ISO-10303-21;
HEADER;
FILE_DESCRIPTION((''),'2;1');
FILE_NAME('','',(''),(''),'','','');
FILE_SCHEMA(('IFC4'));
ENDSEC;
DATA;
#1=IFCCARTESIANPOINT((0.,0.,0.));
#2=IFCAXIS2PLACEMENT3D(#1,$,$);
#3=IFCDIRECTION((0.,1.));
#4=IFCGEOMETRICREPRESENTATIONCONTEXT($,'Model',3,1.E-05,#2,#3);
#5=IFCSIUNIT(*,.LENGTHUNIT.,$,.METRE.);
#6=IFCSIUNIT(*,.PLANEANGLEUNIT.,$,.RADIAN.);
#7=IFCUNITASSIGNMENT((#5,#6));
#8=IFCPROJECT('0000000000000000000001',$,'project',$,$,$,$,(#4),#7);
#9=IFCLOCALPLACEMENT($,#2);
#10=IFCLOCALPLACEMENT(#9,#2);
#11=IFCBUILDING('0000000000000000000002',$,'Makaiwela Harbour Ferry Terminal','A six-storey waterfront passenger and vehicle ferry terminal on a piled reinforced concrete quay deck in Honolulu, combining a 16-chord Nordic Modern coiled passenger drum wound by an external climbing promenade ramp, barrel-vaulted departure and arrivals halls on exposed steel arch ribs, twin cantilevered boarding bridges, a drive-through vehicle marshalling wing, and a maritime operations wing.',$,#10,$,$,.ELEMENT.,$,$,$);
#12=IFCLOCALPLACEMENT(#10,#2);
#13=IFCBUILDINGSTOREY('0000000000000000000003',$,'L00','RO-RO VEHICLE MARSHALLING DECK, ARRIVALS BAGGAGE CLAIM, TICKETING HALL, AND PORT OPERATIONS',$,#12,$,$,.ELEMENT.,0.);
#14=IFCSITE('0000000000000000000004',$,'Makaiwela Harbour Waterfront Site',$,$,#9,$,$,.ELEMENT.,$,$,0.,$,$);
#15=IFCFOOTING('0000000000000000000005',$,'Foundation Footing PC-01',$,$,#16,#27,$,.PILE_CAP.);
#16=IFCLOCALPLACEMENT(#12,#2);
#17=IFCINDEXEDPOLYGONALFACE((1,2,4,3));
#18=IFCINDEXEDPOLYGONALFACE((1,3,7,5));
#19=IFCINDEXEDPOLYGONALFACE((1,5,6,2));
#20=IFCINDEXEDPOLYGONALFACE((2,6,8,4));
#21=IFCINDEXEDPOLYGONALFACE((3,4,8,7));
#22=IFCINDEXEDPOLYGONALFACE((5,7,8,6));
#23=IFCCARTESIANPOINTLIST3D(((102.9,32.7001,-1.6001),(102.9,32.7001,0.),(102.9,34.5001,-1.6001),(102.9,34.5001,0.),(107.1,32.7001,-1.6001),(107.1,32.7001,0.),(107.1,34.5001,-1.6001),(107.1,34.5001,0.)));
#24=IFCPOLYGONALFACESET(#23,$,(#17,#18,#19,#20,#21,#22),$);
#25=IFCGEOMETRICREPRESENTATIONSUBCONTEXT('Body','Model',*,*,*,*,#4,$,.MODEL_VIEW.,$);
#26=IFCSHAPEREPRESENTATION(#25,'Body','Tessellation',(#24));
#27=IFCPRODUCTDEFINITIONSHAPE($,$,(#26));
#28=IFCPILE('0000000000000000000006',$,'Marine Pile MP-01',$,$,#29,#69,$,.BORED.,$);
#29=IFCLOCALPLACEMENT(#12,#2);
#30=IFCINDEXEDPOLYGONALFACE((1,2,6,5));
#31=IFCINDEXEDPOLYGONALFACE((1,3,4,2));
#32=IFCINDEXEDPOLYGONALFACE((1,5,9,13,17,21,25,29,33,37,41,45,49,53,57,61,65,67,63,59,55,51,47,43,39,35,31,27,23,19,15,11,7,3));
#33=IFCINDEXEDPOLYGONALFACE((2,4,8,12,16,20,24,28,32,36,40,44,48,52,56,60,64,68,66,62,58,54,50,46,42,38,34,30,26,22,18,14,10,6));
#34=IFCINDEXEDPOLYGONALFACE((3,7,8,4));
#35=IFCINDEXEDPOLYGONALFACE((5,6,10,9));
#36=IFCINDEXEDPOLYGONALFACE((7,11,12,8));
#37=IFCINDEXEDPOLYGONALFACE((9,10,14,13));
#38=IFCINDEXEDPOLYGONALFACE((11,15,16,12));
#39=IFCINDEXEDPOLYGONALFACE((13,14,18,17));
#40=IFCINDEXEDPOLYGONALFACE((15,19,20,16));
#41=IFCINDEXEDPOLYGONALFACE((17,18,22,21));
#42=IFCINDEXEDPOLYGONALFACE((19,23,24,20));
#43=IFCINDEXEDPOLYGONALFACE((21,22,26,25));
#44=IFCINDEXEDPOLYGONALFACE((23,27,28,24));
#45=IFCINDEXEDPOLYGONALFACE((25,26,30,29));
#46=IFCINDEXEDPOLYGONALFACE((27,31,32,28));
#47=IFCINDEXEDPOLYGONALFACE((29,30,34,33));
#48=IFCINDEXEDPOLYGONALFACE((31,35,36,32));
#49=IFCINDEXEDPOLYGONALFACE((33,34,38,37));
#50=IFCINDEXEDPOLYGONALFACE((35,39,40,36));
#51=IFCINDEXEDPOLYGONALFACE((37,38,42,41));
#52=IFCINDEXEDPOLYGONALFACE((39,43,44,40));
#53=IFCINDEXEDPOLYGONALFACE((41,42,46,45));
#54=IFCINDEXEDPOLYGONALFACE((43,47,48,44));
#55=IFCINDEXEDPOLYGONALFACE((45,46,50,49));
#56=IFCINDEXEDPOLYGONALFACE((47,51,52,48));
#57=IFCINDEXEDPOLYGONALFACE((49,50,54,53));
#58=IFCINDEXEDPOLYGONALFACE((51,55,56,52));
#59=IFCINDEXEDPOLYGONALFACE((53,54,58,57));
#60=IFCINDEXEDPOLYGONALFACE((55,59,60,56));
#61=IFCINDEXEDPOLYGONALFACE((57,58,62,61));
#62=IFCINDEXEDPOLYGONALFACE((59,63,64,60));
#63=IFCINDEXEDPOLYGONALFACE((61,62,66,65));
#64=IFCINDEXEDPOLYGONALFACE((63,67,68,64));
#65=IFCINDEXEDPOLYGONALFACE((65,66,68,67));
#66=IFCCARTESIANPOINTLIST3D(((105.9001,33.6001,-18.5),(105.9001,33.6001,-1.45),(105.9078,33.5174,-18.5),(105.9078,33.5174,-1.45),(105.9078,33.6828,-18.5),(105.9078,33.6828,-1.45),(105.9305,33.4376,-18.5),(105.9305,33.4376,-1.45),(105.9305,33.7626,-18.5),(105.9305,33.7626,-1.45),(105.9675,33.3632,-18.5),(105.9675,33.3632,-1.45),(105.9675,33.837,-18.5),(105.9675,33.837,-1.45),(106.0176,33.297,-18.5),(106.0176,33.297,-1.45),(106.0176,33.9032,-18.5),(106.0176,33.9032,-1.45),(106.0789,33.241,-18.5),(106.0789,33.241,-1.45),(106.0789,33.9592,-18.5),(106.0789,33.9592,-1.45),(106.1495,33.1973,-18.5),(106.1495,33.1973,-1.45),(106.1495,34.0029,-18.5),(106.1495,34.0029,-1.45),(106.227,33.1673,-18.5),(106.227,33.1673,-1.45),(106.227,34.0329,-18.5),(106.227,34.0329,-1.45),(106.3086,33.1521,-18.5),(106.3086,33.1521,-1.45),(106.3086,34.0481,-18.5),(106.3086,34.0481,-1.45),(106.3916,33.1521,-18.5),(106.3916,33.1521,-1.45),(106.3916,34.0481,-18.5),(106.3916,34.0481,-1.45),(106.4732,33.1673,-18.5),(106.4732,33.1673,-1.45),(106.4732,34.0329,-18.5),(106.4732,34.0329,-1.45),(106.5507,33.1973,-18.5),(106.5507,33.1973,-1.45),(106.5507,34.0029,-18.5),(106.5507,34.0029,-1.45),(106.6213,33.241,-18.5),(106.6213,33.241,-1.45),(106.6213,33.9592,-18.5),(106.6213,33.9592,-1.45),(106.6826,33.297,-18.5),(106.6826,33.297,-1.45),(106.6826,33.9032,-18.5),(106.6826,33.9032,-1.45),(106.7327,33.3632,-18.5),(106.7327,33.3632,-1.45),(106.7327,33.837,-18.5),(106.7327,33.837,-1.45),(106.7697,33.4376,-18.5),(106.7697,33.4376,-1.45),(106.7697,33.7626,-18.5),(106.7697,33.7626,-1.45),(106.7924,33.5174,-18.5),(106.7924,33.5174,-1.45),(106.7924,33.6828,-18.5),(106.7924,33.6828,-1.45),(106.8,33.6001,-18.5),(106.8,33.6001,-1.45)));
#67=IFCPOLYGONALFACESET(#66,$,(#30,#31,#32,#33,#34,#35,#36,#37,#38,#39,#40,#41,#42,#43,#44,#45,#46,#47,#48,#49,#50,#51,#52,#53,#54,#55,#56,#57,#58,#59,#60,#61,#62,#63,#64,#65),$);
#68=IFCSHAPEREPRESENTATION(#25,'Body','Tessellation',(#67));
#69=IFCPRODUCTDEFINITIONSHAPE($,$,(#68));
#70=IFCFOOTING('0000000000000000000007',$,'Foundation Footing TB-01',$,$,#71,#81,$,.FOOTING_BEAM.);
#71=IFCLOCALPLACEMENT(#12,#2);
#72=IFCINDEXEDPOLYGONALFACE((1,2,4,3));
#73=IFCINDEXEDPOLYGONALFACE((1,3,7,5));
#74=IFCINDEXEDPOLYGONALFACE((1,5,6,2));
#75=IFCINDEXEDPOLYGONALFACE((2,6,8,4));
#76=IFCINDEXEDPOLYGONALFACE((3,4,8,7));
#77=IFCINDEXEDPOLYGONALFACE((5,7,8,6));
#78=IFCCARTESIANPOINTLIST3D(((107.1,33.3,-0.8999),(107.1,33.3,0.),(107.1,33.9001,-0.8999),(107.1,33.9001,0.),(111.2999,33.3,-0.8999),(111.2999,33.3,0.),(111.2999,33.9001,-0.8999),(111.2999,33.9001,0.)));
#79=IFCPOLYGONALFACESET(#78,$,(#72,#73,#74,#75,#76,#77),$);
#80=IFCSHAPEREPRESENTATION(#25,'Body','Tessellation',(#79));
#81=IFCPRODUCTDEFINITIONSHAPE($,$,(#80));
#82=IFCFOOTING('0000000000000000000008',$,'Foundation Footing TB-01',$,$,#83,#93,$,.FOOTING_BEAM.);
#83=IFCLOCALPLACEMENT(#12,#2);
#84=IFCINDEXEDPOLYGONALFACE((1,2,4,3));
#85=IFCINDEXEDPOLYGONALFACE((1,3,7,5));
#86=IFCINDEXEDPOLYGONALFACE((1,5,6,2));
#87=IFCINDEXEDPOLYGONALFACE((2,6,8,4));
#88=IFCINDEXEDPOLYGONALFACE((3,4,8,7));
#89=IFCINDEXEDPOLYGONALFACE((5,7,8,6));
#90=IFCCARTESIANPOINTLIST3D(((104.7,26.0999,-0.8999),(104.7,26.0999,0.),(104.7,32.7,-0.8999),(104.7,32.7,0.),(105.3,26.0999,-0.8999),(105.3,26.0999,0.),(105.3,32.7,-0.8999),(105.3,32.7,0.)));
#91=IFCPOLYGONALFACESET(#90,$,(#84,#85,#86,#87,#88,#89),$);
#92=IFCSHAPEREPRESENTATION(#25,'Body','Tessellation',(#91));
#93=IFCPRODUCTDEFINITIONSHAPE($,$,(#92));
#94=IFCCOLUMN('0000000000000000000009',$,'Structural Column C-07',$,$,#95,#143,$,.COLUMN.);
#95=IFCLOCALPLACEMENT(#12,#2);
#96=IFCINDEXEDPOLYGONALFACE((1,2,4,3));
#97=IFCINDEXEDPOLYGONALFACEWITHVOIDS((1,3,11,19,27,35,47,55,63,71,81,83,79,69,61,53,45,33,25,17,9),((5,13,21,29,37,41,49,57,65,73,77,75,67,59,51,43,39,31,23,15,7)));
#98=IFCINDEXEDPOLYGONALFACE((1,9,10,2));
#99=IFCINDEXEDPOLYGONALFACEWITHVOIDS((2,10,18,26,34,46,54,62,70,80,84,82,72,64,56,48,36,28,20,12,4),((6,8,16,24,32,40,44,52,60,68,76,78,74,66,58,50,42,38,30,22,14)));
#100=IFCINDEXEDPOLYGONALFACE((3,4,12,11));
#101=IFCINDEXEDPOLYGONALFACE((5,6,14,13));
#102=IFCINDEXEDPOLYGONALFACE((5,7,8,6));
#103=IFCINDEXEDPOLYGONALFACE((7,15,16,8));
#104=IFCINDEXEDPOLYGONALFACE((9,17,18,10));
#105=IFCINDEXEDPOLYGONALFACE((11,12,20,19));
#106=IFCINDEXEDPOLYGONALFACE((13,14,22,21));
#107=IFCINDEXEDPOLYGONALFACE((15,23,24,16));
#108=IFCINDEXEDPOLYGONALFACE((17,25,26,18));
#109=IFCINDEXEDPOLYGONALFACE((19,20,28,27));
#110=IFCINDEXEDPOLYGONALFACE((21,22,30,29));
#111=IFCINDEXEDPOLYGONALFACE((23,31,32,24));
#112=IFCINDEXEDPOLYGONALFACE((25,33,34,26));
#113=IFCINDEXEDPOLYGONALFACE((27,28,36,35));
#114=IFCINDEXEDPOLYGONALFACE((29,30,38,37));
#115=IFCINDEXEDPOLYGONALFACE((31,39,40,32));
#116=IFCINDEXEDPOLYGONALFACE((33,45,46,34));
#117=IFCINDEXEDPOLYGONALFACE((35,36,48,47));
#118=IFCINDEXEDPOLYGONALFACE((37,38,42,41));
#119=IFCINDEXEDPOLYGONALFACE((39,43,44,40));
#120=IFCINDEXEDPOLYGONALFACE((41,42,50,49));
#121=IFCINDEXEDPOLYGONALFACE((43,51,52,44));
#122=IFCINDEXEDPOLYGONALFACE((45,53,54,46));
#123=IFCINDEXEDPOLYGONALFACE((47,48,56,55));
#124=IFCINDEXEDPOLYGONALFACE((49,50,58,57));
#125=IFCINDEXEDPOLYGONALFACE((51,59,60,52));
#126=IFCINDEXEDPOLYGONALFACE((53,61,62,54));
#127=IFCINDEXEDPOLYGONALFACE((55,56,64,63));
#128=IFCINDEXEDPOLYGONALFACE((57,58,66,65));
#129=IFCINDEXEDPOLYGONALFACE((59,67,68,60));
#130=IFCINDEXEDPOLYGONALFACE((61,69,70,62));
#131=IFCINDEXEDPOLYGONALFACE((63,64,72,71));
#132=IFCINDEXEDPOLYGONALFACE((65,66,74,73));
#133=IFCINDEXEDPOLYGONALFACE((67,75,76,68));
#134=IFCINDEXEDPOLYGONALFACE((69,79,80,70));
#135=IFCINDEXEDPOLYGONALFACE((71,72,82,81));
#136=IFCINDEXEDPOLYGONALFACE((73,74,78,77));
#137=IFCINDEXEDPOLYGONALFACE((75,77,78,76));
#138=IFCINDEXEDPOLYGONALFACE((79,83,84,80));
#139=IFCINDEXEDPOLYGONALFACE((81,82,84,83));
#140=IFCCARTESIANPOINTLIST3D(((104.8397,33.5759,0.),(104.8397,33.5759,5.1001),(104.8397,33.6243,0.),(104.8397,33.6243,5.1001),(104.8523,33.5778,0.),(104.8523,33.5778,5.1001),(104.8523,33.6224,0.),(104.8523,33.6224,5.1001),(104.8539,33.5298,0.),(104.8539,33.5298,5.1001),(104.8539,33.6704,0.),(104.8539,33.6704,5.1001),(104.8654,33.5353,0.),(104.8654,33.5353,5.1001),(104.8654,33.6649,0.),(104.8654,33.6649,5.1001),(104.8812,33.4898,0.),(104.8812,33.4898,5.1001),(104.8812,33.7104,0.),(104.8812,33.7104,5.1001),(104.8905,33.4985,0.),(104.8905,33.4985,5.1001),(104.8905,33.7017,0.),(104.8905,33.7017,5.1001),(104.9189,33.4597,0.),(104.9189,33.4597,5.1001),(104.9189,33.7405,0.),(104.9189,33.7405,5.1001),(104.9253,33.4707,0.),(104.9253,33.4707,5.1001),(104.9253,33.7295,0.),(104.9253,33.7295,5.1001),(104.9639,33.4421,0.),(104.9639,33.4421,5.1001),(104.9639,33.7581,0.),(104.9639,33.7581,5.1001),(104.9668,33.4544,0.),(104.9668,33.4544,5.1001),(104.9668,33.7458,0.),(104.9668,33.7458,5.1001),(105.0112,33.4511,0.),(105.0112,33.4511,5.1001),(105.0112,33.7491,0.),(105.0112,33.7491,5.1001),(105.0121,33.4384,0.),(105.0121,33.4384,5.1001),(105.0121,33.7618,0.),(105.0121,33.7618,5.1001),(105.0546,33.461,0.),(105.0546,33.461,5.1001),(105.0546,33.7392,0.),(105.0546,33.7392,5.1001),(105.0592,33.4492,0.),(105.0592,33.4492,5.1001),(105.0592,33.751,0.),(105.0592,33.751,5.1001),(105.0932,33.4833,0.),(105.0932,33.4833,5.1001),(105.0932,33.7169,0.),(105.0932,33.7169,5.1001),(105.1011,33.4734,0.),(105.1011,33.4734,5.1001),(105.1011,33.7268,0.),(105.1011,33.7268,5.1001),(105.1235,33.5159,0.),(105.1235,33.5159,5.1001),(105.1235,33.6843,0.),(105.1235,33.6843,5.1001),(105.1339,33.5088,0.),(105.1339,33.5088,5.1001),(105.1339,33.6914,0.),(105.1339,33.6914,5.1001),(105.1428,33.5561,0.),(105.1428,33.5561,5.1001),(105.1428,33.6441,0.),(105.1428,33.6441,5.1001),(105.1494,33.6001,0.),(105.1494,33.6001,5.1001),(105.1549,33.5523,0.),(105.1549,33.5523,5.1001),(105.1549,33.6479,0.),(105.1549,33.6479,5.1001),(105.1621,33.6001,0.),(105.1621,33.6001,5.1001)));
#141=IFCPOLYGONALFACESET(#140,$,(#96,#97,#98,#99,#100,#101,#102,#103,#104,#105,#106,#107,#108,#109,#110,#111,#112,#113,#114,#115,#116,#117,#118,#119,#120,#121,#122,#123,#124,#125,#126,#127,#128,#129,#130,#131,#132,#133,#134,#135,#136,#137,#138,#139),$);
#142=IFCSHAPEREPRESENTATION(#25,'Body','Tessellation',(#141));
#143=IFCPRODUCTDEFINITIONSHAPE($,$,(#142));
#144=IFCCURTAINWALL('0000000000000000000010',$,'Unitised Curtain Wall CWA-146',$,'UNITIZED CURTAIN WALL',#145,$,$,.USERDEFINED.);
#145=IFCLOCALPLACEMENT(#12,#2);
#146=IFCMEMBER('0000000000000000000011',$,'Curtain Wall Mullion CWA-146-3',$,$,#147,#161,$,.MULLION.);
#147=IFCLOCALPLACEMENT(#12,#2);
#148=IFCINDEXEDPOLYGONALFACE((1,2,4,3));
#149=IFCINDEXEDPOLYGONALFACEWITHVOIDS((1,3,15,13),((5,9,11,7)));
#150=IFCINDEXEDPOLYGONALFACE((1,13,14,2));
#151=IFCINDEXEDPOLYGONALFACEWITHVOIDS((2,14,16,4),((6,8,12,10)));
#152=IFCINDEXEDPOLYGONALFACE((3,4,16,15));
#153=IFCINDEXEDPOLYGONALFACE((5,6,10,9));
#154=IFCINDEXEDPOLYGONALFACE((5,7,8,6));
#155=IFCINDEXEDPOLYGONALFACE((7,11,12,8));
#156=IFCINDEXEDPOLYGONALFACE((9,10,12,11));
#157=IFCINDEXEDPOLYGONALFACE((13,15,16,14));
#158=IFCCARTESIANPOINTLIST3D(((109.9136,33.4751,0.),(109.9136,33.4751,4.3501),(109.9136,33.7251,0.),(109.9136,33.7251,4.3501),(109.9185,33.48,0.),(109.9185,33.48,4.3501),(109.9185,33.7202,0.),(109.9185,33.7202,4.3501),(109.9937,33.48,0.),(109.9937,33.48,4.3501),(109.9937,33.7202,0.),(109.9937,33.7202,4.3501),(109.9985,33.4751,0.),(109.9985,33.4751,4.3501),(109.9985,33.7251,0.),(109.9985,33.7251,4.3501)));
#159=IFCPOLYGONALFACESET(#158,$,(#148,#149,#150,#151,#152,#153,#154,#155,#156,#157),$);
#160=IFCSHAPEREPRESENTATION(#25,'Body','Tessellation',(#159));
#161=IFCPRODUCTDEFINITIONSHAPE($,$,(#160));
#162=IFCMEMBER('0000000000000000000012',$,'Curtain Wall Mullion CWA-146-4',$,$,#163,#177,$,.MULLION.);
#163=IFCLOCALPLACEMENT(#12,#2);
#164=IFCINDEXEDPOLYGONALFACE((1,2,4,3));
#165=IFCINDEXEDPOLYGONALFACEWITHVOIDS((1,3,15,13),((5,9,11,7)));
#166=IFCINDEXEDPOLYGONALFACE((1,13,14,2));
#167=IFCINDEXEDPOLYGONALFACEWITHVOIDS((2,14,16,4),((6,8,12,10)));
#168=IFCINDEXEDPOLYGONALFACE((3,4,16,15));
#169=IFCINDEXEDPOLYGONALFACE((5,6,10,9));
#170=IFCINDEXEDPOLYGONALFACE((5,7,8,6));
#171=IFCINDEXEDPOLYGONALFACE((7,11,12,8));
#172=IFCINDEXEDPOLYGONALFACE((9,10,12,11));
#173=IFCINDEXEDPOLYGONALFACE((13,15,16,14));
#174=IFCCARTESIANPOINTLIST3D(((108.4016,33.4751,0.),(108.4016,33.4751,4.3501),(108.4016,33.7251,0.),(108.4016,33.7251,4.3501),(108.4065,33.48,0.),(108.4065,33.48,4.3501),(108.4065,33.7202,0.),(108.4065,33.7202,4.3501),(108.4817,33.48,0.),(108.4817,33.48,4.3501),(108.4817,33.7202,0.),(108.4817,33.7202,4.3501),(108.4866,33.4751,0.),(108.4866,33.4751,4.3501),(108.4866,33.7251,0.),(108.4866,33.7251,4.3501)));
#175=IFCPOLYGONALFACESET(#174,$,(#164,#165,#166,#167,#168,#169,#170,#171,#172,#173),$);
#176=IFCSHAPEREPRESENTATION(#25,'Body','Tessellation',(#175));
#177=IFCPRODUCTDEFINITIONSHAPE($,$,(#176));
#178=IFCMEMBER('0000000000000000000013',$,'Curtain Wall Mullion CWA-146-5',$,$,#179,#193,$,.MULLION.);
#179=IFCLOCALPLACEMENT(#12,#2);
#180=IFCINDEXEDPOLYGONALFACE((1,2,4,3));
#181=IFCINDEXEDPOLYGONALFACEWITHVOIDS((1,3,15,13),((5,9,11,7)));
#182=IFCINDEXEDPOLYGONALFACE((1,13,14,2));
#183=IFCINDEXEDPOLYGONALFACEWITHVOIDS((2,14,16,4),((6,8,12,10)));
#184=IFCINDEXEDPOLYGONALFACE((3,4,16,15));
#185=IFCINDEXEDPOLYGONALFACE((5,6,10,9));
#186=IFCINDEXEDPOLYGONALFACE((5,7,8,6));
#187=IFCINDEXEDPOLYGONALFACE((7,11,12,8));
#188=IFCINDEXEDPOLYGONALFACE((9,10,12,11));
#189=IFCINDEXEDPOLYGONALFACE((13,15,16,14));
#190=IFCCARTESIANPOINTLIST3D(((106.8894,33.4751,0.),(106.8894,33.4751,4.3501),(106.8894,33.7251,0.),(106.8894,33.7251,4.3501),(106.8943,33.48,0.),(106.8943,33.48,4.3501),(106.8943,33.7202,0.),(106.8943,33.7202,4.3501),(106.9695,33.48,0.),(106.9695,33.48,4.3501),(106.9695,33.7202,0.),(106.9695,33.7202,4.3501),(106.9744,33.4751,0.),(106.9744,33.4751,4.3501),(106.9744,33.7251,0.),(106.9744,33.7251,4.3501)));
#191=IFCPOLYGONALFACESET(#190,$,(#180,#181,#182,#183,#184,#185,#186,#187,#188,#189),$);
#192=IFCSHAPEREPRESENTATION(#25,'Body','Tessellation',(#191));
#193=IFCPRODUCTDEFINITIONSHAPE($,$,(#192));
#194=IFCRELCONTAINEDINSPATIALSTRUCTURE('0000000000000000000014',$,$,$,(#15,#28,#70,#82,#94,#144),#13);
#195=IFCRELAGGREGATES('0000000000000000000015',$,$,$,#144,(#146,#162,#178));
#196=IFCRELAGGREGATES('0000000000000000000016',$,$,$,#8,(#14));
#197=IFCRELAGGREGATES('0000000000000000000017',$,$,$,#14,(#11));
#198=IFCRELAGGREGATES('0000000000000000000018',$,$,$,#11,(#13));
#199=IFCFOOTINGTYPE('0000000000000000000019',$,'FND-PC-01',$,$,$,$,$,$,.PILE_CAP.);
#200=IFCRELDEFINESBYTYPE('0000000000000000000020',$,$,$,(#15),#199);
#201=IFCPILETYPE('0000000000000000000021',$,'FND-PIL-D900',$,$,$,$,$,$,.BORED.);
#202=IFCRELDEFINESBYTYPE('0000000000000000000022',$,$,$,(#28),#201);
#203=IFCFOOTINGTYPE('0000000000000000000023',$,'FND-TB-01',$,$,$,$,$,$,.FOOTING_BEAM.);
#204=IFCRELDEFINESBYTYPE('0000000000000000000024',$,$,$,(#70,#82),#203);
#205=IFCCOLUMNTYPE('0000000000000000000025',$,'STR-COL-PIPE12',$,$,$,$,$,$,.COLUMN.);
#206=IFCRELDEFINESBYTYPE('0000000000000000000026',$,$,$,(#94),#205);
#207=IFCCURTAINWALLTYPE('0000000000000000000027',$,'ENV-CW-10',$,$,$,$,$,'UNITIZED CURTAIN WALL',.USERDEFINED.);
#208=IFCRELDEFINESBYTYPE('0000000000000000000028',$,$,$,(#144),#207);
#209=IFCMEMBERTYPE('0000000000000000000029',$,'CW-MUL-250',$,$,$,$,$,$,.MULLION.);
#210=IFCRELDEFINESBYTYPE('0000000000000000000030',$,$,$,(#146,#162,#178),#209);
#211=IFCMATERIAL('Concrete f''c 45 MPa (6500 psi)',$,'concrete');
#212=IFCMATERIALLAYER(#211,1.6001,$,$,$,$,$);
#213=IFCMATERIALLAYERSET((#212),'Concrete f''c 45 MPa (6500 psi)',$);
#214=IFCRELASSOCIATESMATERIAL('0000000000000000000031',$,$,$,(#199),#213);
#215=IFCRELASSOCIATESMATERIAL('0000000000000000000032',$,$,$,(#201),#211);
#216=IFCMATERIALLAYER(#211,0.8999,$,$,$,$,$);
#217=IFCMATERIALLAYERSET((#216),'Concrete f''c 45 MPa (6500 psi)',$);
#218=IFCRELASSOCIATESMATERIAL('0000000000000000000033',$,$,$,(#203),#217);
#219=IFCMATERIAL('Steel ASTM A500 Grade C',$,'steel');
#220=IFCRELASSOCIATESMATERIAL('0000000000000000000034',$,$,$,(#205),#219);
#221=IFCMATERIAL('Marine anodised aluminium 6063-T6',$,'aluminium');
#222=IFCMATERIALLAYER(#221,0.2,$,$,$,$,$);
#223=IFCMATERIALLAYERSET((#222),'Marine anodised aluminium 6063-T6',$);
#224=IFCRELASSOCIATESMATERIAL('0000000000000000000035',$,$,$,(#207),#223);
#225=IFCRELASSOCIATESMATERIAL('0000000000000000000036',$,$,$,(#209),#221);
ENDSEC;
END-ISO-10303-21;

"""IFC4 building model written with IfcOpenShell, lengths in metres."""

from ifc_helpers import new_model, si_unit, direction, frame, origin, origin_2d, place, context, subcontext, project, spatial, rectangle, hollow_rectangle, circle, hollow_circle, extrude, material, layer, layer_set, material_profile, profile_set, type_object, element, aggregate, save


model = new_model("IFC4")

# Units and contexts
model_context = context("Model", 3, precision=1e-05, world=origin(), true_north=direction((0.0, 1.0)))
body_context = subcontext(model_context, "Body", "Model", "MODEL_VIEW")
ifc_project = project(units=[si_unit("LENGTHUNIT", "METRE"), si_unit("PLANEANGLEUNIT", "RADIAN")], contexts=[model_context])

# Site, building, storey
site_placement = place(None, origin())
site = spatial("IfcSite", under=ifc_project, at=site_placement, Name="Makaiwela Harbour Waterfront Site", CompositionType="ELEMENT", RefElevation=0.0)
building_placement = place(site_placement, origin())
building = spatial("IfcBuilding", under=site, at=building_placement, Name="Makaiwela Harbour Ferry Terminal", Description="A six-storey waterfront passenger and vehicle ferry terminal on a piled reinforced concrete quay deck in Honolulu, combining a 16-chord Nordic Modern coiled passenger drum wound by an external climbing promenade ramp, barrel-vaulted departure and arrivals halls on exposed steel arch ribs, twin cantilevered boarding bridges, a drive-through vehicle marshalling wing, and a maritime operations wing.", CompositionType="ELEMENT")
storey_placement = place(building_placement, origin())
storey = spatial("IfcBuildingStorey", under=building, at=storey_placement, Name="L00", Description="RO-RO VEHICLE MARSHALLING DECK, ARRIVALS BAGGAGE CLAIM, TICKETING HALL, AND PORT OPERATIONS", CompositionType="ELEMENT", Elevation=0.0)

# Footing
ifc_material_1 = material(Name="Concrete f'c 45 MPa (6500 psi)", Category="concrete")
ifc_layer_1 = layer(ifc_material_1, 1.6001)
ifc_layer_set_1 = layer_set([ifc_layer_1], Name="Concrete f'c 45 MPa (6500 psi)")
footing_type_1 = type_object("IfcFootingType", Name="FND-PC-01", PredefinedType="PILE_CAP", material=ifc_layer_set_1)
footing_1_placement = place(storey_placement, frame((105.0, 33.6001, -1.6001), z_axis=(0.0, 0.0, 1.0), x_axis=(1.0, 0.0, 0.0)))
element("IfcFooting", 1, at=footing_1_placement, inside=storey, type_object=footing_type_1, Name="Foundation Footing PC-01", PredefinedType="PILE_CAP", context=body_context, shape_type="SweptSolid", body=[
    extrude(rectangle(XDim=4.2, YDim=1.8, at=origin_2d()), origin(), (0.0, 0.0, 1.0), 1.6001),
])

# Pile
ifc_material_profile_1 = material_profile(ifc_material_1, circle(Radius=0.45, at=origin_2d()), Name="PILE-D900")
ifc_profile_set_1 = profile_set([ifc_material_profile_1], Name="Concrete f'c 45 MPa (6500 psi)")
pile_type = type_object("IfcPileType", Name="FND-PIL-D900", PredefinedType="BORED", material=ifc_profile_set_1)
pile_placement = place(storey_placement, frame((106.3501, 33.6001, -1.45), z_axis=(0.0, 0.0, -1.0), x_axis=(1.0, 0.0, 0.0)))
element("IfcPile", 2, at=pile_placement, inside=storey, type_object=pile_type, Name="Marine Pile MP-01", PredefinedType="BORED", context=body_context, shape_type="SweptSolid", body=[
    extrude(circle(Radius=0.45, at=origin_2d()), origin(), (0.0, 0.0, 1.0), 17.05),
])

# Footings
ifc_layer_2 = layer(ifc_material_1, 0.8999)
ifc_layer_set_2 = layer_set([ifc_layer_2], Name="Concrete f'c 45 MPa (6500 psi)")
footing_type_2 = type_object("IfcFootingType", Name="FND-TB-01", PredefinedType="FOOTING_BEAM", material=ifc_layer_set_2)
footing_2_placement = place(storey_placement, frame((109.2, 33.6001, -0.8999), z_axis=(0.0, 0.0, 1.0), x_axis=(1.0, 0.0, 0.0)))
element("IfcFooting", 3, at=footing_2_placement, inside=storey, type_object=footing_type_2, Name="Foundation Footing TB-01", PredefinedType="FOOTING_BEAM", context=body_context, shape_type="SweptSolid", body=[
    extrude(rectangle(XDim=4.2, YDim=0.6001, at=origin_2d()), origin(), (0.0, 0.0, 1.0), 0.8999),
])
footing_3_placement = place(storey_placement, frame((105.0, 29.3999, -0.8999), z_axis=(0.0, 0.0, 1.0), x_axis=(0.0, 1.0, 0.0)))
element("IfcFooting", 4, at=footing_3_placement, inside=storey, type_object=footing_type_2, Name="Foundation Footing TB-01", PredefinedType="FOOTING_BEAM", context=body_context, shape_type="SweptSolid", body=[
    extrude(rectangle(XDim=6.6001, YDim=0.6001, at=origin_2d()), origin(), (0.0, 0.0, 1.0), 0.8999),
])

# Column
ifc_material_2 = material(Name="Steel ASTM A500 Grade C", Category="steel")
ifc_material_profile_2 = material_profile(ifc_material_2, hollow_circle(Radius=0.1621, WallThickness=0.0127, at=origin_2d()), Name="PIPE12XS")
ifc_profile_set_2 = profile_set([ifc_material_profile_2], Name="Steel ASTM A500 Grade C")
column_type = type_object("IfcColumnType", Name="STR-COL-PIPE12", PredefinedType="COLUMN", material=ifc_profile_set_2)
column_placement = place(storey_placement, frame((105.0, 33.6001, 0.0), z_axis=(0.0, 0.0, 1.0), x_axis=(1.0, 0.0, 0.0)))
element("IfcColumn", 5, at=column_placement, inside=storey, type_object=column_type, Name="Structural Column C-07", PredefinedType="COLUMN", context=body_context, shape_type="SweptSolid", body=[
    extrude(hollow_circle(Radius=0.1621, WallThickness=0.0127, at=origin_2d()), origin(), (0.0, 0.0, 1.0), 5.1001),
])

# Curtain wall, members
ifc_material_3 = material(Name="Marine anodised aluminium 6063-T6", Category="aluminium")
ifc_layer_3 = layer(ifc_material_3, 0.2)
ifc_layer_set_3 = layer_set([ifc_layer_3], Name="Marine anodised aluminium 6063-T6")
curtain_wall_type = type_object("IfcCurtainWallType", Name="ENV-CW-10", ElementType="UNITIZED CURTAIN WALL", PredefinedType="USERDEFINED", material=ifc_layer_set_3)
curtain_wall_1_placement = place(storey_placement, origin())
curtain_wall_1 = element("IfcCurtainWall", 6, at=curtain_wall_1_placement, inside=storey, type_object=curtain_wall_type, Name="Unitised Curtain Wall CWA-146", ObjectType="UNITIZED CURTAIN WALL", PredefinedType="USERDEFINED")
ifc_material_profile_3 = material_profile(ifc_material_3, hollow_rectangle(XDim=0.085, YDim=0.25, WallThickness=0.0049, at=origin_2d()), Name="CWM-250X85")
ifc_profile_set_3 = profile_set([ifc_material_profile_3], Name="Marine anodised aluminium 6063-T6")
member_type_1 = type_object("IfcMemberType", Name="CW-MUL-250", PredefinedType="MULLION", material=ifc_profile_set_3)
member_1_placement = place(storey_placement, frame((109.9561, 33.6001, 0.0), z_axis=(0.0, 0.0, 1.0), x_axis=(1.0, 0.0, 0.0)))
member_1 = element("IfcMember", 7, at=member_1_placement, type_object=member_type_1, Name="Curtain Wall Mullion CWA-146-3", PredefinedType="MULLION", context=body_context, shape_type="SweptSolid", body=[
    extrude(hollow_rectangle(XDim=0.085, YDim=0.25, WallThickness=0.0049, at=origin_2d()), origin(), (0.0, 0.0, 1.0), 4.3501),
])
member_2_placement = place(storey_placement, frame((108.4441, 33.6001, 0.0), z_axis=(0.0, 0.0, 1.0), x_axis=(1.0, 0.0, 0.0)))
member_2 = element("IfcMember", 8, at=member_2_placement, type_object=member_type_1, Name="Curtain Wall Mullion CWA-146-4", PredefinedType="MULLION", context=body_context, shape_type="SweptSolid", body=[
    extrude(hollow_rectangle(XDim=0.085, YDim=0.25, WallThickness=0.0049, at=origin_2d()), origin(), (0.0, 0.0, 1.0), 4.3501),
])
member_3_placement = place(storey_placement, frame((106.9319, 33.6001, 0.0), z_axis=(0.0, 0.0, 1.0), x_axis=(1.0, 0.0, 0.0)))
member_3 = element("IfcMember", 9, at=member_3_placement, type_object=member_type_1, Name="Curtain Wall Mullion CWA-146-5", PredefinedType="MULLION", context=body_context, shape_type="SweptSolid", body=[
    extrude(hollow_rectangle(XDim=0.085, YDim=0.25, WallThickness=0.0049, at=origin_2d()), origin(), (0.0, 0.0, 1.0), 4.3501),
])

aggregate(curtain_wall_1, [member_1, member_2, member_3])

save(model, "model.ifc")
